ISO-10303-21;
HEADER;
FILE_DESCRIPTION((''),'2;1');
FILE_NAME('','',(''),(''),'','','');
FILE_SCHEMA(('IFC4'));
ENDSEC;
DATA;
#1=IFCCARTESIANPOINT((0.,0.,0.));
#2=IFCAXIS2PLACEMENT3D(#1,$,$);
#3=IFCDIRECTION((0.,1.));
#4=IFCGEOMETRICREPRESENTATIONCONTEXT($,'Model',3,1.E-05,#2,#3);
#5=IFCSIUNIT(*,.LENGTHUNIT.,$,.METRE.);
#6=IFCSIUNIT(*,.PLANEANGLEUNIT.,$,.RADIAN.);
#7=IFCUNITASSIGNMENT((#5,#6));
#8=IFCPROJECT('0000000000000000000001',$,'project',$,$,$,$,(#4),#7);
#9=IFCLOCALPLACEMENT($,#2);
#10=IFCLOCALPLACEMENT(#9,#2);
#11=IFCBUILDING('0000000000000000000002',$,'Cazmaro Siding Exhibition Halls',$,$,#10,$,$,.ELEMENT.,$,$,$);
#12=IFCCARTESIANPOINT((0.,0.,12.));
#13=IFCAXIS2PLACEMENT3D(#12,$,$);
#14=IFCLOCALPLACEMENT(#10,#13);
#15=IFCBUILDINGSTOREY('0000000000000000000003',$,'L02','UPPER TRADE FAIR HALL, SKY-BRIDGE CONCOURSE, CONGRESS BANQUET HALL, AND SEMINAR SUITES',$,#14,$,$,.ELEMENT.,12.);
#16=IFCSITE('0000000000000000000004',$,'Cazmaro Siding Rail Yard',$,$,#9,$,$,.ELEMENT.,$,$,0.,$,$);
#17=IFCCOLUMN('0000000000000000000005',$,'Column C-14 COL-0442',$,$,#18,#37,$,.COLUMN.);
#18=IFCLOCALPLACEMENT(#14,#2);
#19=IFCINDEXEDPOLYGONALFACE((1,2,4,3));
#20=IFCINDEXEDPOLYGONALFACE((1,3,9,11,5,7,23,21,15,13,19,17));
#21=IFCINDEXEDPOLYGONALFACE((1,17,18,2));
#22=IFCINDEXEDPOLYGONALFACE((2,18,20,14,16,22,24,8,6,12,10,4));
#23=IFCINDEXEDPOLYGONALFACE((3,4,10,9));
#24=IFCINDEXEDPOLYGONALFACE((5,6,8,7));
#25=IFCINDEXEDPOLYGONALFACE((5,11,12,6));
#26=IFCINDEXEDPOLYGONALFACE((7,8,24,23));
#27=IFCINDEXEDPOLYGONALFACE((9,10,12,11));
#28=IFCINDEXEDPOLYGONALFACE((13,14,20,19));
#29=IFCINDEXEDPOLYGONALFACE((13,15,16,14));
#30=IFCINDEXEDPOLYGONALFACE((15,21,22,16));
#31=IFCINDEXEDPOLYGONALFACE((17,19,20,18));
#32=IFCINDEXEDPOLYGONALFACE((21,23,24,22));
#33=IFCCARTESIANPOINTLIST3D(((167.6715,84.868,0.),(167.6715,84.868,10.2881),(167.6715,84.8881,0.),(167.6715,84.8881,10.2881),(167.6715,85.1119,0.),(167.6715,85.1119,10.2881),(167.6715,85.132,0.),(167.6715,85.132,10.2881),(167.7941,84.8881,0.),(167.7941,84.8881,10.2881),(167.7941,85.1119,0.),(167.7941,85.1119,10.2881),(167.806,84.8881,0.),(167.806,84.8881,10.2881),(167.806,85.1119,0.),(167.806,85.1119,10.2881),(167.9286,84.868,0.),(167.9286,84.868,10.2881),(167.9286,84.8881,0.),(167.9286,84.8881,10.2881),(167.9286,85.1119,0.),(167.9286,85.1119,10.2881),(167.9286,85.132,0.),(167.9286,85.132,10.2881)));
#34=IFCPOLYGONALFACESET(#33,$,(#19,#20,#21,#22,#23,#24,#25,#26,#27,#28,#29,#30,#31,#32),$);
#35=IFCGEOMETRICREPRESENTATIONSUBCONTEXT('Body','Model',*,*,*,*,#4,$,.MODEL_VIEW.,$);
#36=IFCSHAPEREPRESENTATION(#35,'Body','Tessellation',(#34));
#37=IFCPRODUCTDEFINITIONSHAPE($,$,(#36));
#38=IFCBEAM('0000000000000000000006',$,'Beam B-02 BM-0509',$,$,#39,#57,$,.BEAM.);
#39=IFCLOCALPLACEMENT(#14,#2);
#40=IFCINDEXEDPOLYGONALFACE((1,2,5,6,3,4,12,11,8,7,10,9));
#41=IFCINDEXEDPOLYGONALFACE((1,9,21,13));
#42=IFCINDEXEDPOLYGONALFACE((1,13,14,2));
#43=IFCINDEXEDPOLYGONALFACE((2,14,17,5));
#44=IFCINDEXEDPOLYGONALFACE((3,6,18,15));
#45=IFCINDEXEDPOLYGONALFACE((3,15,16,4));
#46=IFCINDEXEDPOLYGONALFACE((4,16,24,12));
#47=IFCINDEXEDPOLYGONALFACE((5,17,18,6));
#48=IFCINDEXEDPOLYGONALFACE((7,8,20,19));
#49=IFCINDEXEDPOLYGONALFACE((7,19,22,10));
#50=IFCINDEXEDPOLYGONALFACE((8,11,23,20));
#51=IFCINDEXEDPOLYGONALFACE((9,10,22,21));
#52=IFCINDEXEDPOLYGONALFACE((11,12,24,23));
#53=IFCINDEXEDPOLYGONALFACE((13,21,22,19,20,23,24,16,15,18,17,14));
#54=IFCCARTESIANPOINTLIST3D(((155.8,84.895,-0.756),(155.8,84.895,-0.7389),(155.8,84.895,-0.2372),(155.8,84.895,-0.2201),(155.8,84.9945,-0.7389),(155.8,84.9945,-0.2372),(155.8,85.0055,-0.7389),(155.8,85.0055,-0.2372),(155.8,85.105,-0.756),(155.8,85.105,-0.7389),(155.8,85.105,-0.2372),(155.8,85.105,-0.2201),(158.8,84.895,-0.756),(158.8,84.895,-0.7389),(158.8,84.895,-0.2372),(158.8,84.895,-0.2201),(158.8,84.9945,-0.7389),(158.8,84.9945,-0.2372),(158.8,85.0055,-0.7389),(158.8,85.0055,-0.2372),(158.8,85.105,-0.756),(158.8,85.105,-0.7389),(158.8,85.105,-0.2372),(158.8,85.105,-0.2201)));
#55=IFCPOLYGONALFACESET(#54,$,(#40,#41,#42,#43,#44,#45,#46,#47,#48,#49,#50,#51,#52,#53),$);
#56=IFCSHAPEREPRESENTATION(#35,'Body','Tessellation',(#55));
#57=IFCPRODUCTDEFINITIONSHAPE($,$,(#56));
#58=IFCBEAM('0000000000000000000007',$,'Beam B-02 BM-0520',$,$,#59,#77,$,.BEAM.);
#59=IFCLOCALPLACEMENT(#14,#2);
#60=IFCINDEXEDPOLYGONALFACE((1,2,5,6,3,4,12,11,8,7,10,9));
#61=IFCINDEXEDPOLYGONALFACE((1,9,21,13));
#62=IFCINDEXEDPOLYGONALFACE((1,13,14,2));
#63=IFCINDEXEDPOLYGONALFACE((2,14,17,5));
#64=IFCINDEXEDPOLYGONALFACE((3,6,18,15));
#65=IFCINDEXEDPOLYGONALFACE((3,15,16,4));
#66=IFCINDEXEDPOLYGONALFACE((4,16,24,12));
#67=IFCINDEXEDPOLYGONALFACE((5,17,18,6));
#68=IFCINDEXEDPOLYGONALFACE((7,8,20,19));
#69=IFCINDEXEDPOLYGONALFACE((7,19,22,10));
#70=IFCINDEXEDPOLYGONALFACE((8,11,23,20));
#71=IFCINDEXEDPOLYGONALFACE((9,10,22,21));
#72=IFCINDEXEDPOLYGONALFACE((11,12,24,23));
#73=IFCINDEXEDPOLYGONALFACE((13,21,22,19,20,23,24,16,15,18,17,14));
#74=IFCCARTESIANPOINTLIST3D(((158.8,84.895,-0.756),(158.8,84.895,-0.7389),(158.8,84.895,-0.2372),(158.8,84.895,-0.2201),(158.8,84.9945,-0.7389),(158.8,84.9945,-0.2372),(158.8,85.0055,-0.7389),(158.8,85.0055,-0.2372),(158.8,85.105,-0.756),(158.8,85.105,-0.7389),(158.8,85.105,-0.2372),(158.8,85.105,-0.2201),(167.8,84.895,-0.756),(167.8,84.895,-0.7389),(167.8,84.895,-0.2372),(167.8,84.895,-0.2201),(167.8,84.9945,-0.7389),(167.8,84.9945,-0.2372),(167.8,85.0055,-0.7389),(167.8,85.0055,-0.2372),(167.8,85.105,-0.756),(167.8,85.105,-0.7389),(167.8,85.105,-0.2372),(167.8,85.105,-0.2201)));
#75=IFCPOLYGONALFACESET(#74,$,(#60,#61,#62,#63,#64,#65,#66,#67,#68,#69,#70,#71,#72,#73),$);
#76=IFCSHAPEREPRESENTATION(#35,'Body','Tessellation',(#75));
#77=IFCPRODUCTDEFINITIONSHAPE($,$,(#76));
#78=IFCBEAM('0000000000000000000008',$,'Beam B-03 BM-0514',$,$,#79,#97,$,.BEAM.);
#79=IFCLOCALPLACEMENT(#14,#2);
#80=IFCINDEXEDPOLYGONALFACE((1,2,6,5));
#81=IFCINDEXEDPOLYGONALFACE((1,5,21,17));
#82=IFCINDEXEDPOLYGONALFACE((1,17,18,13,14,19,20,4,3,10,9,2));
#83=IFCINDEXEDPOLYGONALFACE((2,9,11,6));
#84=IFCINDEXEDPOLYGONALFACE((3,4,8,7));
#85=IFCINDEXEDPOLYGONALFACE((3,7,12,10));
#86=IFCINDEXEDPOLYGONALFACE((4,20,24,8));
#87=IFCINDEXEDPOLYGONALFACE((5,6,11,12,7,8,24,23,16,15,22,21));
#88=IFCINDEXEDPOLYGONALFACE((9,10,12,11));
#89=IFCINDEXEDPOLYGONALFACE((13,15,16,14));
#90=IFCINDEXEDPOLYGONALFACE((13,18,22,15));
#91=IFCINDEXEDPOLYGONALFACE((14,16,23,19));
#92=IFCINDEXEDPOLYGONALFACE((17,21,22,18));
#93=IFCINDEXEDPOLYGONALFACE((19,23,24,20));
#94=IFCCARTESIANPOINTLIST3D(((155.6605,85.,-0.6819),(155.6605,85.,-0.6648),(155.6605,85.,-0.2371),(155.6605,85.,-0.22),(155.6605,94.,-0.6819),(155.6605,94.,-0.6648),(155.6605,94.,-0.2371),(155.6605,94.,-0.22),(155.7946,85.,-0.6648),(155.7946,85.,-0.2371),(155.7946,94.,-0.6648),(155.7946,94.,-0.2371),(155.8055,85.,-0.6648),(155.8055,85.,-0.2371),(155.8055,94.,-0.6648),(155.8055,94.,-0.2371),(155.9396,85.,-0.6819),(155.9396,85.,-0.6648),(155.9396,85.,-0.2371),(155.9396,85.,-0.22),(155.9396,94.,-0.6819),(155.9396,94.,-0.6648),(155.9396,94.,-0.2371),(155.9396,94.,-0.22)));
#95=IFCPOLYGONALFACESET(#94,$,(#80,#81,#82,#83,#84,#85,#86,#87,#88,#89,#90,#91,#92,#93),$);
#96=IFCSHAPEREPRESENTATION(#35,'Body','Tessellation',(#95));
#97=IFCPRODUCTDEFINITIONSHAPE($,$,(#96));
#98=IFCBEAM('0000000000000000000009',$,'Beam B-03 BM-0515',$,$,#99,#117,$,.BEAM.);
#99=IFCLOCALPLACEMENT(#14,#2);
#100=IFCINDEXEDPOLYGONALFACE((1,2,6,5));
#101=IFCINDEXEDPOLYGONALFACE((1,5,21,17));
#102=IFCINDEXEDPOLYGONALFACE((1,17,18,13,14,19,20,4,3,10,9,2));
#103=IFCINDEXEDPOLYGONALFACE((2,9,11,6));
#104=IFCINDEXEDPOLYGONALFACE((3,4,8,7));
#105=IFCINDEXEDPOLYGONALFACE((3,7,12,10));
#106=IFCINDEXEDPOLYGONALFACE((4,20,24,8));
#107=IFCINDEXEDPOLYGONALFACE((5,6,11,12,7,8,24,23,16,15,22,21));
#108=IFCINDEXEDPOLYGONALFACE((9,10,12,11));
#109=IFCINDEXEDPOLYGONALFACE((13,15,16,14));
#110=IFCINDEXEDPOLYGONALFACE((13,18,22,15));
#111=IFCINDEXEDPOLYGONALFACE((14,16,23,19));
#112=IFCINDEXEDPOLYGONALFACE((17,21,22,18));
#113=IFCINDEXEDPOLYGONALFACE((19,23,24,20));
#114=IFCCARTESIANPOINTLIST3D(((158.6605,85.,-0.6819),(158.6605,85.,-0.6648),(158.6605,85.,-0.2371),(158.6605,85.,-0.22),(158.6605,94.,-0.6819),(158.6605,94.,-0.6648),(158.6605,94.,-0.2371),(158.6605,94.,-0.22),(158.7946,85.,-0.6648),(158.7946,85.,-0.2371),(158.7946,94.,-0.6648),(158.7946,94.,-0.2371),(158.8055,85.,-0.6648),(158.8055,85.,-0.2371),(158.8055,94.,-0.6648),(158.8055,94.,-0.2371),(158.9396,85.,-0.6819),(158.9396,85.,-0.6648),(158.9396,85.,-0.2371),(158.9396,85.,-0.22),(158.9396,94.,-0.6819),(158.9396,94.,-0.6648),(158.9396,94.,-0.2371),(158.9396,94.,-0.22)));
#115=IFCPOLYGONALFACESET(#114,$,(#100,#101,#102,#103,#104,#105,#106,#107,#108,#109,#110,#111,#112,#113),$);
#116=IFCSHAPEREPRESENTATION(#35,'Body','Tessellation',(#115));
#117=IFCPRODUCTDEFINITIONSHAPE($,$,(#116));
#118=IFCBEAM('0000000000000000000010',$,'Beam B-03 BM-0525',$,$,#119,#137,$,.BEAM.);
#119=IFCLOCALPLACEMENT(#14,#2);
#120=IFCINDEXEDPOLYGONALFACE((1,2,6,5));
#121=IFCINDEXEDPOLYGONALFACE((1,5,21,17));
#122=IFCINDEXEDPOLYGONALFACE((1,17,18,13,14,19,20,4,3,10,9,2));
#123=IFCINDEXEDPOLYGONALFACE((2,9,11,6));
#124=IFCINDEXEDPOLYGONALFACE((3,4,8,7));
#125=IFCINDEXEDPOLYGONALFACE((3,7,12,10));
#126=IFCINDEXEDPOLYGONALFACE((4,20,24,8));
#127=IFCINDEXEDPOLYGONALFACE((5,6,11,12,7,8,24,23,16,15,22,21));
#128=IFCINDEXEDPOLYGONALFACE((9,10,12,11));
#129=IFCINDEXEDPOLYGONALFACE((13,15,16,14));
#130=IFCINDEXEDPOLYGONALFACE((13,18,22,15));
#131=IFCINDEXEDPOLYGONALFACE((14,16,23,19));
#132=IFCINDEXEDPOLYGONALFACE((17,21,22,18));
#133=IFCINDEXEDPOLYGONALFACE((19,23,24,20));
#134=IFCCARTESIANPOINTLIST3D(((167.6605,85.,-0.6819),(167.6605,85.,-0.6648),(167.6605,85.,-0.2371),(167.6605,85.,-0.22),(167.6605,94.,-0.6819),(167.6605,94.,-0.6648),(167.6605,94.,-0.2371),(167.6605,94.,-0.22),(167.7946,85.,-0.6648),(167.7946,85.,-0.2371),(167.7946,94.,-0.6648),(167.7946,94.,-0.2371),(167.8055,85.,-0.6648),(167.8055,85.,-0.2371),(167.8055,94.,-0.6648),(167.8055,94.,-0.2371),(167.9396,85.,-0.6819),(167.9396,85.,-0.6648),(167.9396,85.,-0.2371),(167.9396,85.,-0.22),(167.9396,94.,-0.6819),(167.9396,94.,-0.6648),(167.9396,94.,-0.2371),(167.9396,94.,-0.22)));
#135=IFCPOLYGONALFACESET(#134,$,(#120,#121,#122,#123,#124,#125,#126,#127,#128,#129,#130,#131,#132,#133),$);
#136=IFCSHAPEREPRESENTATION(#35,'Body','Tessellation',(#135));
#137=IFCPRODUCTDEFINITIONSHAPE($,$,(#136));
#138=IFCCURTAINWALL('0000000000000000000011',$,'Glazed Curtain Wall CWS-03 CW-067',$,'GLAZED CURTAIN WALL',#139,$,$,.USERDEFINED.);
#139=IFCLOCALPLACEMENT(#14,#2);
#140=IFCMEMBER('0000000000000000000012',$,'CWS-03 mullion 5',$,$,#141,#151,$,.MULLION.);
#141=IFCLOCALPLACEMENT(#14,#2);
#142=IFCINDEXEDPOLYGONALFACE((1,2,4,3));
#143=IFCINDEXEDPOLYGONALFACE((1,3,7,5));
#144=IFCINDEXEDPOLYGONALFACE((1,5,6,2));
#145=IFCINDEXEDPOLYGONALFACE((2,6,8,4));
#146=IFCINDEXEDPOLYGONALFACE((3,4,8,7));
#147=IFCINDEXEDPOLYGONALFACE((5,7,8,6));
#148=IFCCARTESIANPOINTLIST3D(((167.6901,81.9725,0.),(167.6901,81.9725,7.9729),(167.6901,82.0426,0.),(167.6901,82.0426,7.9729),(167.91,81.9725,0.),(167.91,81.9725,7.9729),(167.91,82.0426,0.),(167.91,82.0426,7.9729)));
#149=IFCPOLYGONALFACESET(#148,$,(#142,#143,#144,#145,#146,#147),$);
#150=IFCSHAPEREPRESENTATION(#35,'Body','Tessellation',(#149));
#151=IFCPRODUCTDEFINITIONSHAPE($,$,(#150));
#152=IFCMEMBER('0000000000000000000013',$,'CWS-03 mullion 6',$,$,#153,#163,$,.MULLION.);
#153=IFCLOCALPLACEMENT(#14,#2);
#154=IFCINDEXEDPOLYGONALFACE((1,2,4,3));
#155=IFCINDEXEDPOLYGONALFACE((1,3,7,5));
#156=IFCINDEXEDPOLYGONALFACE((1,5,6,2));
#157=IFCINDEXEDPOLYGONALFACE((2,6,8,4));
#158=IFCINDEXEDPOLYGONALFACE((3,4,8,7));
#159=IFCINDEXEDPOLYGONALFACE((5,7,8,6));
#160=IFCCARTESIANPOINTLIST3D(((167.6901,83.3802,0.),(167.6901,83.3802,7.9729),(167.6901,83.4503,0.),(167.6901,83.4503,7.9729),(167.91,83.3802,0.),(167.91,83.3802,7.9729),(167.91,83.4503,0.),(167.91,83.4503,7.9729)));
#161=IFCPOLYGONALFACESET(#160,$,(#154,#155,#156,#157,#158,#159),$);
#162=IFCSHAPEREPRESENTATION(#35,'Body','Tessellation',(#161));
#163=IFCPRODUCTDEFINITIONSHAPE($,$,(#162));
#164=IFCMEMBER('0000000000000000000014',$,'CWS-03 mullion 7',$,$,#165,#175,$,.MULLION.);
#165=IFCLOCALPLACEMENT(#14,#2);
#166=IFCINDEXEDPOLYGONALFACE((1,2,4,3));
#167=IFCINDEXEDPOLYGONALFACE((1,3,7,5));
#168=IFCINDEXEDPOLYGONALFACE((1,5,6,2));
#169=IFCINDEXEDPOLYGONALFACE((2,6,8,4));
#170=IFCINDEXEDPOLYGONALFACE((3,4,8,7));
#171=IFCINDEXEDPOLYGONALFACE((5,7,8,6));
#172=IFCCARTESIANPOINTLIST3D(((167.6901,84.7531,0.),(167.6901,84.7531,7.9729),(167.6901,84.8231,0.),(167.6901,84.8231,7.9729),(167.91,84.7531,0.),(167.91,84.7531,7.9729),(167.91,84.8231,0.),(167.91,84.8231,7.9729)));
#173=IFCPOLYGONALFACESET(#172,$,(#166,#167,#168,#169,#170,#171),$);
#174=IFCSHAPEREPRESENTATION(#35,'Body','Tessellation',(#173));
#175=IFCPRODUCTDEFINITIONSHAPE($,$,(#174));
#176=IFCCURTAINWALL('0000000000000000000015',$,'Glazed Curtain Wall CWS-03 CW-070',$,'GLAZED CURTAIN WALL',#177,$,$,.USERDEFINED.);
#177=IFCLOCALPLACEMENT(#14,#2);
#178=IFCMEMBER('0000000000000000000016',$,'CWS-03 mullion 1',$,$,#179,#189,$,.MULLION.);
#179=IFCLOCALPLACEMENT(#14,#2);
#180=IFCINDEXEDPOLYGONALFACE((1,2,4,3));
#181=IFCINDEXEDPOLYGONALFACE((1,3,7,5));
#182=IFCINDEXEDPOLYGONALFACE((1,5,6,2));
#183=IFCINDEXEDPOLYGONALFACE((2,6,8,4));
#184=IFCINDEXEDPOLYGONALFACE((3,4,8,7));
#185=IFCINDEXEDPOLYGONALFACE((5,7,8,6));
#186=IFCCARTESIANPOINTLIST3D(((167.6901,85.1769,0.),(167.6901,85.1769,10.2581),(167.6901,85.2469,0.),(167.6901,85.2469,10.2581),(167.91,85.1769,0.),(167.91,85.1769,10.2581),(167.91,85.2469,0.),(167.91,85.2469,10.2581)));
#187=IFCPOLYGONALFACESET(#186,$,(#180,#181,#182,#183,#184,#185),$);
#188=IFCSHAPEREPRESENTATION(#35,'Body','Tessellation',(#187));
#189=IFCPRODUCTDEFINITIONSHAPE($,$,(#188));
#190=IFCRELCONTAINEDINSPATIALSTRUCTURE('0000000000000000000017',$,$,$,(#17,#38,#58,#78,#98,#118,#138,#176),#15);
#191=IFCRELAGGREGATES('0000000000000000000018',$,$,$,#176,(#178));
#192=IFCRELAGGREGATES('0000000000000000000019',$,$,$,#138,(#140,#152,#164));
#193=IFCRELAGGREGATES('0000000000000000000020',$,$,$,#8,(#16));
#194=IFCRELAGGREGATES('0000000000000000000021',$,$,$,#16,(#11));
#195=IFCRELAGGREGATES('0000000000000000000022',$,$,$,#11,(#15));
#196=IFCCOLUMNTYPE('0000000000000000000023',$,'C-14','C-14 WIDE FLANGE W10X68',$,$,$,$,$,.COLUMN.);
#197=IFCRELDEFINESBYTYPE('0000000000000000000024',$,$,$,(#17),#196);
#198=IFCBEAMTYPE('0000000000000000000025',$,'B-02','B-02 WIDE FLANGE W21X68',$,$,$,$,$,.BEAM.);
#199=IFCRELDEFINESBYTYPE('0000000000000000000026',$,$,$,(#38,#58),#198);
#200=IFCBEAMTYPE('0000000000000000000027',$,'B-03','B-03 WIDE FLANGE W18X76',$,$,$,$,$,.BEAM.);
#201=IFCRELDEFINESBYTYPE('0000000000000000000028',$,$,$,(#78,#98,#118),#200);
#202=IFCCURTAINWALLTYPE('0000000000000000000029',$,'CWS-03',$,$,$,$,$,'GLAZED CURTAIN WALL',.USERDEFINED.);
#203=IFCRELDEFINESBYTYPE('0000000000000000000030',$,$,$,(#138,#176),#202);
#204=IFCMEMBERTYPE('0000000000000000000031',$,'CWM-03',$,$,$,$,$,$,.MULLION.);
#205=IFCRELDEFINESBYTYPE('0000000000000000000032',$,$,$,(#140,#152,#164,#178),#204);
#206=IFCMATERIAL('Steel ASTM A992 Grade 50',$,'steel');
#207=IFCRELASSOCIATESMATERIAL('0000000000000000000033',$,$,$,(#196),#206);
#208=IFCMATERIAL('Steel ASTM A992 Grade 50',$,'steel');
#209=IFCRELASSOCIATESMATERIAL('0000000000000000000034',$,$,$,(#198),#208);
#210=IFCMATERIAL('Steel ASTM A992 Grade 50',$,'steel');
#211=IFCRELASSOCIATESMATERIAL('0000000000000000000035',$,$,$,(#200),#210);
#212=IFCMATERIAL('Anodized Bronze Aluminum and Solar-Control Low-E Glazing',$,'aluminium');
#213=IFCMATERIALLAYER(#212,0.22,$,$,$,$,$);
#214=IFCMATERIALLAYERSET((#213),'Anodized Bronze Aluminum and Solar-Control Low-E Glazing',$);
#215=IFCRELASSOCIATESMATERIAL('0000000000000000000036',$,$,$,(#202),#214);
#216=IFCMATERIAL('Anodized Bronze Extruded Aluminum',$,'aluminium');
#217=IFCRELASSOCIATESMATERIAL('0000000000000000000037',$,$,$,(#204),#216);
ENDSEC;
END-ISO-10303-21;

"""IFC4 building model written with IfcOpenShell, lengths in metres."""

from ifc_helpers import new_model, si_unit, direction, frame, origin, origin_2d, place, context, subcontext, project, spatial, rectangle, i_section, extrude, material, layer, layer_set, material_profile, profile_set, type_object, element, aggregate, save


model = new_model("IFC4")

# Units and contexts
model_context = context("Model", 3, precision=1e-05, world=origin(), true_north=direction((0.0, 1.0)))
body_context = subcontext(model_context, "Body", "Model", "MODEL_VIEW")
ifc_project = project(units=[si_unit("LENGTHUNIT", "METRE"), si_unit("PLANEANGLEUNIT", "RADIAN")], contexts=[model_context])

# Site, building, storey
site_placement = place(None, origin())
site = spatial("IfcSite", under=ifc_project, at=site_placement, Name="Cazmaro Siding Rail Yard", CompositionType="ELEMENT", RefElevation=0.0)
building_placement = place(site_placement, origin())
building = spatial("IfcBuilding", under=site, at=building_placement, Name="Cazmaro Siding Exhibition Halls", CompositionType="ELEMENT")
storey_placement = place(building_placement, frame((0.0, 0.0, 12.0)))
storey = spatial("IfcBuildingStorey", under=building, at=storey_placement, Name="L02", Description="UPPER TRADE FAIR HALL, SKY-BRIDGE CONCOURSE, CONGRESS BANQUET HALL, AND SEMINAR SUITES", CompositionType="ELEMENT", Elevation=12.0)

# Column
ifc_material_1 = material(Name="Steel ASTM A992 Grade 50", Category="steel")
ifc_material_profile_1 = material_profile(ifc_material_1, i_section(OverallWidth=0.2571, OverallDepth=0.2639, WebThickness=0.012, FlangeThickness=0.02, at=origin_2d()), Name="W10X68")
ifc_profile_set_1 = profile_set([ifc_material_profile_1], Name="Steel ASTM A992 Grade 50")
column_type = type_object("IfcColumnType", Name="C-14", Description="C-14 WIDE FLANGE W10X68", PredefinedType="COLUMN", material=ifc_profile_set_1)
column_placement = place(storey_placement, frame((167.8, 85.0, 0.0), z_axis=(0.0, 0.0, 1.0), x_axis=(1.0, 0.0, 0.0)))
element("IfcColumn", 1, at=column_placement, inside=storey, type_object=column_type, Name="Column C-14 COL-0442", PredefinedType="COLUMN", context=body_context, shape_type="SweptSolid", body=[
    extrude(i_section(OverallWidth=0.2571, OverallDepth=0.2639, WebThickness=0.012, FlangeThickness=0.02, at=origin_2d()), origin(), (0.0, 0.0, 1.0), 10.2881),
])

# Beams
ifc_material_2 = material(Name="Steel ASTM A992 Grade 50", Category="steel")
ifc_material_profile_2 = material_profile(ifc_material_2, i_section(OverallWidth=0.21, OverallDepth=0.5359, WebThickness=0.011, FlangeThickness=0.0171, at=origin_2d()), Name="W21X68")
ifc_profile_set_2 = profile_set([ifc_material_profile_2], Name="Steel ASTM A992 Grade 50")
beam_type_1 = type_object("IfcBeamType", Name="B-02", Description="B-02 WIDE FLANGE W21X68", PredefinedType="BEAM", material=ifc_profile_set_2)
beam_1_placement = place(storey_placement, frame((155.8, 85.0, -0.488), z_axis=(1.0, 0.0, 0.0), x_axis=(0.0, 1.0, 0.0)))
element("IfcBeam", 2, at=beam_1_placement, inside=storey, type_object=beam_type_1, Name="Beam B-02 BM-0509", PredefinedType="BEAM", context=body_context, shape_type="SweptSolid", body=[
    extrude(i_section(OverallWidth=0.21, OverallDepth=0.5359, WebThickness=0.011, FlangeThickness=0.0171, at=origin_2d()), origin(), (0.0, 0.0, 1.0), 3.0),
])
beam_2_placement = place(storey_placement, frame((158.8, 85.0, -0.488), z_axis=(1.0, 0.0, 0.0), x_axis=(0.0, 1.0, 0.0)))
element("IfcBeam", 3, at=beam_2_placement, inside=storey, type_object=beam_type_1, Name="Beam B-02 BM-0520", PredefinedType="BEAM", context=body_context, shape_type="SweptSolid", body=[
    extrude(i_section(OverallWidth=0.21, OverallDepth=0.5359, WebThickness=0.011, FlangeThickness=0.0171, at=origin_2d()), origin(), (0.0, 0.0, 1.0), 9.0),
])
ifc_material_3 = material(Name="Steel ASTM A992 Grade 50", Category="steel")
ifc_material_profile_3 = material_profile(ifc_material_3, i_section(OverallWidth=0.2791, OverallDepth=0.4619, WebThickness=0.011, FlangeThickness=0.0171, at=origin_2d()), Name="W18X76")
ifc_profile_set_3 = profile_set([ifc_material_profile_3], Name="Steel ASTM A992 Grade 50")
beam_type_2 = type_object("IfcBeamType", Name="B-03", Description="B-03 WIDE FLANGE W18X76", PredefinedType="BEAM", material=ifc_profile_set_3)
for number, where, z_axis, x_axis, name in (
    (4, (155.8, 85.0, -0.4509), (0.0, 1.0, 0.0), (-1.0, 0.0, 0.0), "Beam B-03 BM-0514"),
    (5, (158.8, 85.0, -0.4509), (0.0, 1.0, 0.0), (-1.0, 0.0, 0.0), "Beam B-03 BM-0515"),
    (6, (167.8, 85.0, -0.4509), (0.0, 1.0, 0.0), (-1.0, 0.0, 0.0), "Beam B-03 BM-0525"),
):
    element("IfcBeam", number, at=place(storey_placement, frame(where, z_axis=z_axis, x_axis=x_axis)), inside=storey, type_object=beam_type_2, Name=name, PredefinedType="BEAM", context=body_context, shape_type="SweptSolid", body=[
        extrude(i_section(OverallWidth=0.2791, OverallDepth=0.4619, WebThickness=0.011, FlangeThickness=0.0171, at=origin_2d()), origin(), (0.0, 0.0, 1.0), 9.0),
    ])

# Curtain wall, members
ifc_material_4 = material(Name="Anodized Bronze Aluminum and Solar-Control Low-E Glazing", Category="aluminium")
ifc_layer_1 = layer(ifc_material_4, 0.22)
ifc_layer_set_1 = layer_set([ifc_layer_1], Name="Anodized Bronze Aluminum and Solar-Control Low-E Glazing")
curtain_wall_type = type_object("IfcCurtainWallType", Name="CWS-03", ElementType="GLAZED CURTAIN WALL", PredefinedType="USERDEFINED", material=ifc_layer_set_1)
curtain_wall_1_placement = place(storey_placement, origin())
curtain_wall_1 = element("IfcCurtainWall", 7, at=curtain_wall_1_placement, inside=storey, type_object=curtain_wall_type, Name="Glazed Curtain Wall CWS-03 CW-067", ObjectType="GLAZED CURTAIN WALL", PredefinedType="USERDEFINED")
ifc_material_5 = material(Name="Anodized Bronze Extruded Aluminum", Category="aluminium")
ifc_material_profile_4 = material_profile(ifc_material_5, rectangle(XDim=0.22, YDim=0.0701, at=origin_2d()), Name="CWM-03")
ifc_profile_set_4 = profile_set([ifc_material_profile_4], Name="Anodized Bronze Extruded Aluminum")
member_type_1 = type_object("IfcMemberType", Name="CWM-03", PredefinedType="MULLION", material=ifc_profile_set_4)
member_1_placement = place(storey_placement, frame((167.8, 82.0076, 0.0), z_axis=(0.0, 0.0, 1.0), x_axis=(-1.0, 0.0, 0.0)))
member_1 = element("IfcMember", 8, at=member_1_placement, type_object=member_type_1, Name="CWS-03 mullion 5", PredefinedType="MULLION", context=body_context, shape_type="SweptSolid", body=[
    extrude(rectangle(XDim=0.22, YDim=0.0701, at=origin_2d()), origin(), (0.0, 0.0, 1.0), 7.9729),
])
member_2_placement = place(storey_placement, frame((167.8, 83.4153, 0.0), z_axis=(0.0, 0.0, 1.0), x_axis=(-1.0, 0.0, 0.0)))
member_2 = element("IfcMember", 9, at=member_2_placement, type_object=member_type_1, Name="CWS-03 mullion 6", PredefinedType="MULLION", context=body_context, shape_type="SweptSolid", body=[
    extrude(rectangle(XDim=0.22, YDim=0.0701, at=origin_2d()), origin(), (0.0, 0.0, 1.0), 7.9729),
])
member_3_placement = place(storey_placement, frame((167.8, 84.7881, 0.0), z_axis=(0.0, 0.0, 1.0), x_axis=(-1.0, 0.0, 0.0)))
member_3 = element("IfcMember", 10, at=member_3_placement, type_object=member_type_1, Name="CWS-03 mullion 7", PredefinedType="MULLION", context=body_context, shape_type="SweptSolid", body=[
    extrude(rectangle(XDim=0.22, YDim=0.0701, at=origin_2d()), origin(), (0.0, 0.0, 1.0), 7.9729),
])

# Curtain wall, member
curtain_wall_2_placement = place(storey_placement, origin())
curtain_wall_2 = element("IfcCurtainWall", 11, at=curtain_wall_2_placement, inside=storey, type_object=curtain_wall_type, Name="Glazed Curtain Wall CWS-03 CW-070", ObjectType="GLAZED CURTAIN WALL", PredefinedType="USERDEFINED")
member_4_placement = place(storey_placement, frame((167.8, 85.2119, 0.0), z_axis=(0.0, 0.0, 1.0), x_axis=(-1.0, 0.0, 0.0)))
member_4 = element("IfcMember", 12, at=member_4_placement, type_object=member_type_1, Name="CWS-03 mullion 1", PredefinedType="MULLION", context=body_context, shape_type="SweptSolid", body=[
    extrude(rectangle(XDim=0.22, YDim=0.0701, at=origin_2d()), origin(), (0.0, 0.0, 1.0), 10.2581),
])

aggregate(curtain_wall_2, [member_4])

aggregate(curtain_wall_1, [member_1, member_2, member_3])

save(model, "model.ifc")
